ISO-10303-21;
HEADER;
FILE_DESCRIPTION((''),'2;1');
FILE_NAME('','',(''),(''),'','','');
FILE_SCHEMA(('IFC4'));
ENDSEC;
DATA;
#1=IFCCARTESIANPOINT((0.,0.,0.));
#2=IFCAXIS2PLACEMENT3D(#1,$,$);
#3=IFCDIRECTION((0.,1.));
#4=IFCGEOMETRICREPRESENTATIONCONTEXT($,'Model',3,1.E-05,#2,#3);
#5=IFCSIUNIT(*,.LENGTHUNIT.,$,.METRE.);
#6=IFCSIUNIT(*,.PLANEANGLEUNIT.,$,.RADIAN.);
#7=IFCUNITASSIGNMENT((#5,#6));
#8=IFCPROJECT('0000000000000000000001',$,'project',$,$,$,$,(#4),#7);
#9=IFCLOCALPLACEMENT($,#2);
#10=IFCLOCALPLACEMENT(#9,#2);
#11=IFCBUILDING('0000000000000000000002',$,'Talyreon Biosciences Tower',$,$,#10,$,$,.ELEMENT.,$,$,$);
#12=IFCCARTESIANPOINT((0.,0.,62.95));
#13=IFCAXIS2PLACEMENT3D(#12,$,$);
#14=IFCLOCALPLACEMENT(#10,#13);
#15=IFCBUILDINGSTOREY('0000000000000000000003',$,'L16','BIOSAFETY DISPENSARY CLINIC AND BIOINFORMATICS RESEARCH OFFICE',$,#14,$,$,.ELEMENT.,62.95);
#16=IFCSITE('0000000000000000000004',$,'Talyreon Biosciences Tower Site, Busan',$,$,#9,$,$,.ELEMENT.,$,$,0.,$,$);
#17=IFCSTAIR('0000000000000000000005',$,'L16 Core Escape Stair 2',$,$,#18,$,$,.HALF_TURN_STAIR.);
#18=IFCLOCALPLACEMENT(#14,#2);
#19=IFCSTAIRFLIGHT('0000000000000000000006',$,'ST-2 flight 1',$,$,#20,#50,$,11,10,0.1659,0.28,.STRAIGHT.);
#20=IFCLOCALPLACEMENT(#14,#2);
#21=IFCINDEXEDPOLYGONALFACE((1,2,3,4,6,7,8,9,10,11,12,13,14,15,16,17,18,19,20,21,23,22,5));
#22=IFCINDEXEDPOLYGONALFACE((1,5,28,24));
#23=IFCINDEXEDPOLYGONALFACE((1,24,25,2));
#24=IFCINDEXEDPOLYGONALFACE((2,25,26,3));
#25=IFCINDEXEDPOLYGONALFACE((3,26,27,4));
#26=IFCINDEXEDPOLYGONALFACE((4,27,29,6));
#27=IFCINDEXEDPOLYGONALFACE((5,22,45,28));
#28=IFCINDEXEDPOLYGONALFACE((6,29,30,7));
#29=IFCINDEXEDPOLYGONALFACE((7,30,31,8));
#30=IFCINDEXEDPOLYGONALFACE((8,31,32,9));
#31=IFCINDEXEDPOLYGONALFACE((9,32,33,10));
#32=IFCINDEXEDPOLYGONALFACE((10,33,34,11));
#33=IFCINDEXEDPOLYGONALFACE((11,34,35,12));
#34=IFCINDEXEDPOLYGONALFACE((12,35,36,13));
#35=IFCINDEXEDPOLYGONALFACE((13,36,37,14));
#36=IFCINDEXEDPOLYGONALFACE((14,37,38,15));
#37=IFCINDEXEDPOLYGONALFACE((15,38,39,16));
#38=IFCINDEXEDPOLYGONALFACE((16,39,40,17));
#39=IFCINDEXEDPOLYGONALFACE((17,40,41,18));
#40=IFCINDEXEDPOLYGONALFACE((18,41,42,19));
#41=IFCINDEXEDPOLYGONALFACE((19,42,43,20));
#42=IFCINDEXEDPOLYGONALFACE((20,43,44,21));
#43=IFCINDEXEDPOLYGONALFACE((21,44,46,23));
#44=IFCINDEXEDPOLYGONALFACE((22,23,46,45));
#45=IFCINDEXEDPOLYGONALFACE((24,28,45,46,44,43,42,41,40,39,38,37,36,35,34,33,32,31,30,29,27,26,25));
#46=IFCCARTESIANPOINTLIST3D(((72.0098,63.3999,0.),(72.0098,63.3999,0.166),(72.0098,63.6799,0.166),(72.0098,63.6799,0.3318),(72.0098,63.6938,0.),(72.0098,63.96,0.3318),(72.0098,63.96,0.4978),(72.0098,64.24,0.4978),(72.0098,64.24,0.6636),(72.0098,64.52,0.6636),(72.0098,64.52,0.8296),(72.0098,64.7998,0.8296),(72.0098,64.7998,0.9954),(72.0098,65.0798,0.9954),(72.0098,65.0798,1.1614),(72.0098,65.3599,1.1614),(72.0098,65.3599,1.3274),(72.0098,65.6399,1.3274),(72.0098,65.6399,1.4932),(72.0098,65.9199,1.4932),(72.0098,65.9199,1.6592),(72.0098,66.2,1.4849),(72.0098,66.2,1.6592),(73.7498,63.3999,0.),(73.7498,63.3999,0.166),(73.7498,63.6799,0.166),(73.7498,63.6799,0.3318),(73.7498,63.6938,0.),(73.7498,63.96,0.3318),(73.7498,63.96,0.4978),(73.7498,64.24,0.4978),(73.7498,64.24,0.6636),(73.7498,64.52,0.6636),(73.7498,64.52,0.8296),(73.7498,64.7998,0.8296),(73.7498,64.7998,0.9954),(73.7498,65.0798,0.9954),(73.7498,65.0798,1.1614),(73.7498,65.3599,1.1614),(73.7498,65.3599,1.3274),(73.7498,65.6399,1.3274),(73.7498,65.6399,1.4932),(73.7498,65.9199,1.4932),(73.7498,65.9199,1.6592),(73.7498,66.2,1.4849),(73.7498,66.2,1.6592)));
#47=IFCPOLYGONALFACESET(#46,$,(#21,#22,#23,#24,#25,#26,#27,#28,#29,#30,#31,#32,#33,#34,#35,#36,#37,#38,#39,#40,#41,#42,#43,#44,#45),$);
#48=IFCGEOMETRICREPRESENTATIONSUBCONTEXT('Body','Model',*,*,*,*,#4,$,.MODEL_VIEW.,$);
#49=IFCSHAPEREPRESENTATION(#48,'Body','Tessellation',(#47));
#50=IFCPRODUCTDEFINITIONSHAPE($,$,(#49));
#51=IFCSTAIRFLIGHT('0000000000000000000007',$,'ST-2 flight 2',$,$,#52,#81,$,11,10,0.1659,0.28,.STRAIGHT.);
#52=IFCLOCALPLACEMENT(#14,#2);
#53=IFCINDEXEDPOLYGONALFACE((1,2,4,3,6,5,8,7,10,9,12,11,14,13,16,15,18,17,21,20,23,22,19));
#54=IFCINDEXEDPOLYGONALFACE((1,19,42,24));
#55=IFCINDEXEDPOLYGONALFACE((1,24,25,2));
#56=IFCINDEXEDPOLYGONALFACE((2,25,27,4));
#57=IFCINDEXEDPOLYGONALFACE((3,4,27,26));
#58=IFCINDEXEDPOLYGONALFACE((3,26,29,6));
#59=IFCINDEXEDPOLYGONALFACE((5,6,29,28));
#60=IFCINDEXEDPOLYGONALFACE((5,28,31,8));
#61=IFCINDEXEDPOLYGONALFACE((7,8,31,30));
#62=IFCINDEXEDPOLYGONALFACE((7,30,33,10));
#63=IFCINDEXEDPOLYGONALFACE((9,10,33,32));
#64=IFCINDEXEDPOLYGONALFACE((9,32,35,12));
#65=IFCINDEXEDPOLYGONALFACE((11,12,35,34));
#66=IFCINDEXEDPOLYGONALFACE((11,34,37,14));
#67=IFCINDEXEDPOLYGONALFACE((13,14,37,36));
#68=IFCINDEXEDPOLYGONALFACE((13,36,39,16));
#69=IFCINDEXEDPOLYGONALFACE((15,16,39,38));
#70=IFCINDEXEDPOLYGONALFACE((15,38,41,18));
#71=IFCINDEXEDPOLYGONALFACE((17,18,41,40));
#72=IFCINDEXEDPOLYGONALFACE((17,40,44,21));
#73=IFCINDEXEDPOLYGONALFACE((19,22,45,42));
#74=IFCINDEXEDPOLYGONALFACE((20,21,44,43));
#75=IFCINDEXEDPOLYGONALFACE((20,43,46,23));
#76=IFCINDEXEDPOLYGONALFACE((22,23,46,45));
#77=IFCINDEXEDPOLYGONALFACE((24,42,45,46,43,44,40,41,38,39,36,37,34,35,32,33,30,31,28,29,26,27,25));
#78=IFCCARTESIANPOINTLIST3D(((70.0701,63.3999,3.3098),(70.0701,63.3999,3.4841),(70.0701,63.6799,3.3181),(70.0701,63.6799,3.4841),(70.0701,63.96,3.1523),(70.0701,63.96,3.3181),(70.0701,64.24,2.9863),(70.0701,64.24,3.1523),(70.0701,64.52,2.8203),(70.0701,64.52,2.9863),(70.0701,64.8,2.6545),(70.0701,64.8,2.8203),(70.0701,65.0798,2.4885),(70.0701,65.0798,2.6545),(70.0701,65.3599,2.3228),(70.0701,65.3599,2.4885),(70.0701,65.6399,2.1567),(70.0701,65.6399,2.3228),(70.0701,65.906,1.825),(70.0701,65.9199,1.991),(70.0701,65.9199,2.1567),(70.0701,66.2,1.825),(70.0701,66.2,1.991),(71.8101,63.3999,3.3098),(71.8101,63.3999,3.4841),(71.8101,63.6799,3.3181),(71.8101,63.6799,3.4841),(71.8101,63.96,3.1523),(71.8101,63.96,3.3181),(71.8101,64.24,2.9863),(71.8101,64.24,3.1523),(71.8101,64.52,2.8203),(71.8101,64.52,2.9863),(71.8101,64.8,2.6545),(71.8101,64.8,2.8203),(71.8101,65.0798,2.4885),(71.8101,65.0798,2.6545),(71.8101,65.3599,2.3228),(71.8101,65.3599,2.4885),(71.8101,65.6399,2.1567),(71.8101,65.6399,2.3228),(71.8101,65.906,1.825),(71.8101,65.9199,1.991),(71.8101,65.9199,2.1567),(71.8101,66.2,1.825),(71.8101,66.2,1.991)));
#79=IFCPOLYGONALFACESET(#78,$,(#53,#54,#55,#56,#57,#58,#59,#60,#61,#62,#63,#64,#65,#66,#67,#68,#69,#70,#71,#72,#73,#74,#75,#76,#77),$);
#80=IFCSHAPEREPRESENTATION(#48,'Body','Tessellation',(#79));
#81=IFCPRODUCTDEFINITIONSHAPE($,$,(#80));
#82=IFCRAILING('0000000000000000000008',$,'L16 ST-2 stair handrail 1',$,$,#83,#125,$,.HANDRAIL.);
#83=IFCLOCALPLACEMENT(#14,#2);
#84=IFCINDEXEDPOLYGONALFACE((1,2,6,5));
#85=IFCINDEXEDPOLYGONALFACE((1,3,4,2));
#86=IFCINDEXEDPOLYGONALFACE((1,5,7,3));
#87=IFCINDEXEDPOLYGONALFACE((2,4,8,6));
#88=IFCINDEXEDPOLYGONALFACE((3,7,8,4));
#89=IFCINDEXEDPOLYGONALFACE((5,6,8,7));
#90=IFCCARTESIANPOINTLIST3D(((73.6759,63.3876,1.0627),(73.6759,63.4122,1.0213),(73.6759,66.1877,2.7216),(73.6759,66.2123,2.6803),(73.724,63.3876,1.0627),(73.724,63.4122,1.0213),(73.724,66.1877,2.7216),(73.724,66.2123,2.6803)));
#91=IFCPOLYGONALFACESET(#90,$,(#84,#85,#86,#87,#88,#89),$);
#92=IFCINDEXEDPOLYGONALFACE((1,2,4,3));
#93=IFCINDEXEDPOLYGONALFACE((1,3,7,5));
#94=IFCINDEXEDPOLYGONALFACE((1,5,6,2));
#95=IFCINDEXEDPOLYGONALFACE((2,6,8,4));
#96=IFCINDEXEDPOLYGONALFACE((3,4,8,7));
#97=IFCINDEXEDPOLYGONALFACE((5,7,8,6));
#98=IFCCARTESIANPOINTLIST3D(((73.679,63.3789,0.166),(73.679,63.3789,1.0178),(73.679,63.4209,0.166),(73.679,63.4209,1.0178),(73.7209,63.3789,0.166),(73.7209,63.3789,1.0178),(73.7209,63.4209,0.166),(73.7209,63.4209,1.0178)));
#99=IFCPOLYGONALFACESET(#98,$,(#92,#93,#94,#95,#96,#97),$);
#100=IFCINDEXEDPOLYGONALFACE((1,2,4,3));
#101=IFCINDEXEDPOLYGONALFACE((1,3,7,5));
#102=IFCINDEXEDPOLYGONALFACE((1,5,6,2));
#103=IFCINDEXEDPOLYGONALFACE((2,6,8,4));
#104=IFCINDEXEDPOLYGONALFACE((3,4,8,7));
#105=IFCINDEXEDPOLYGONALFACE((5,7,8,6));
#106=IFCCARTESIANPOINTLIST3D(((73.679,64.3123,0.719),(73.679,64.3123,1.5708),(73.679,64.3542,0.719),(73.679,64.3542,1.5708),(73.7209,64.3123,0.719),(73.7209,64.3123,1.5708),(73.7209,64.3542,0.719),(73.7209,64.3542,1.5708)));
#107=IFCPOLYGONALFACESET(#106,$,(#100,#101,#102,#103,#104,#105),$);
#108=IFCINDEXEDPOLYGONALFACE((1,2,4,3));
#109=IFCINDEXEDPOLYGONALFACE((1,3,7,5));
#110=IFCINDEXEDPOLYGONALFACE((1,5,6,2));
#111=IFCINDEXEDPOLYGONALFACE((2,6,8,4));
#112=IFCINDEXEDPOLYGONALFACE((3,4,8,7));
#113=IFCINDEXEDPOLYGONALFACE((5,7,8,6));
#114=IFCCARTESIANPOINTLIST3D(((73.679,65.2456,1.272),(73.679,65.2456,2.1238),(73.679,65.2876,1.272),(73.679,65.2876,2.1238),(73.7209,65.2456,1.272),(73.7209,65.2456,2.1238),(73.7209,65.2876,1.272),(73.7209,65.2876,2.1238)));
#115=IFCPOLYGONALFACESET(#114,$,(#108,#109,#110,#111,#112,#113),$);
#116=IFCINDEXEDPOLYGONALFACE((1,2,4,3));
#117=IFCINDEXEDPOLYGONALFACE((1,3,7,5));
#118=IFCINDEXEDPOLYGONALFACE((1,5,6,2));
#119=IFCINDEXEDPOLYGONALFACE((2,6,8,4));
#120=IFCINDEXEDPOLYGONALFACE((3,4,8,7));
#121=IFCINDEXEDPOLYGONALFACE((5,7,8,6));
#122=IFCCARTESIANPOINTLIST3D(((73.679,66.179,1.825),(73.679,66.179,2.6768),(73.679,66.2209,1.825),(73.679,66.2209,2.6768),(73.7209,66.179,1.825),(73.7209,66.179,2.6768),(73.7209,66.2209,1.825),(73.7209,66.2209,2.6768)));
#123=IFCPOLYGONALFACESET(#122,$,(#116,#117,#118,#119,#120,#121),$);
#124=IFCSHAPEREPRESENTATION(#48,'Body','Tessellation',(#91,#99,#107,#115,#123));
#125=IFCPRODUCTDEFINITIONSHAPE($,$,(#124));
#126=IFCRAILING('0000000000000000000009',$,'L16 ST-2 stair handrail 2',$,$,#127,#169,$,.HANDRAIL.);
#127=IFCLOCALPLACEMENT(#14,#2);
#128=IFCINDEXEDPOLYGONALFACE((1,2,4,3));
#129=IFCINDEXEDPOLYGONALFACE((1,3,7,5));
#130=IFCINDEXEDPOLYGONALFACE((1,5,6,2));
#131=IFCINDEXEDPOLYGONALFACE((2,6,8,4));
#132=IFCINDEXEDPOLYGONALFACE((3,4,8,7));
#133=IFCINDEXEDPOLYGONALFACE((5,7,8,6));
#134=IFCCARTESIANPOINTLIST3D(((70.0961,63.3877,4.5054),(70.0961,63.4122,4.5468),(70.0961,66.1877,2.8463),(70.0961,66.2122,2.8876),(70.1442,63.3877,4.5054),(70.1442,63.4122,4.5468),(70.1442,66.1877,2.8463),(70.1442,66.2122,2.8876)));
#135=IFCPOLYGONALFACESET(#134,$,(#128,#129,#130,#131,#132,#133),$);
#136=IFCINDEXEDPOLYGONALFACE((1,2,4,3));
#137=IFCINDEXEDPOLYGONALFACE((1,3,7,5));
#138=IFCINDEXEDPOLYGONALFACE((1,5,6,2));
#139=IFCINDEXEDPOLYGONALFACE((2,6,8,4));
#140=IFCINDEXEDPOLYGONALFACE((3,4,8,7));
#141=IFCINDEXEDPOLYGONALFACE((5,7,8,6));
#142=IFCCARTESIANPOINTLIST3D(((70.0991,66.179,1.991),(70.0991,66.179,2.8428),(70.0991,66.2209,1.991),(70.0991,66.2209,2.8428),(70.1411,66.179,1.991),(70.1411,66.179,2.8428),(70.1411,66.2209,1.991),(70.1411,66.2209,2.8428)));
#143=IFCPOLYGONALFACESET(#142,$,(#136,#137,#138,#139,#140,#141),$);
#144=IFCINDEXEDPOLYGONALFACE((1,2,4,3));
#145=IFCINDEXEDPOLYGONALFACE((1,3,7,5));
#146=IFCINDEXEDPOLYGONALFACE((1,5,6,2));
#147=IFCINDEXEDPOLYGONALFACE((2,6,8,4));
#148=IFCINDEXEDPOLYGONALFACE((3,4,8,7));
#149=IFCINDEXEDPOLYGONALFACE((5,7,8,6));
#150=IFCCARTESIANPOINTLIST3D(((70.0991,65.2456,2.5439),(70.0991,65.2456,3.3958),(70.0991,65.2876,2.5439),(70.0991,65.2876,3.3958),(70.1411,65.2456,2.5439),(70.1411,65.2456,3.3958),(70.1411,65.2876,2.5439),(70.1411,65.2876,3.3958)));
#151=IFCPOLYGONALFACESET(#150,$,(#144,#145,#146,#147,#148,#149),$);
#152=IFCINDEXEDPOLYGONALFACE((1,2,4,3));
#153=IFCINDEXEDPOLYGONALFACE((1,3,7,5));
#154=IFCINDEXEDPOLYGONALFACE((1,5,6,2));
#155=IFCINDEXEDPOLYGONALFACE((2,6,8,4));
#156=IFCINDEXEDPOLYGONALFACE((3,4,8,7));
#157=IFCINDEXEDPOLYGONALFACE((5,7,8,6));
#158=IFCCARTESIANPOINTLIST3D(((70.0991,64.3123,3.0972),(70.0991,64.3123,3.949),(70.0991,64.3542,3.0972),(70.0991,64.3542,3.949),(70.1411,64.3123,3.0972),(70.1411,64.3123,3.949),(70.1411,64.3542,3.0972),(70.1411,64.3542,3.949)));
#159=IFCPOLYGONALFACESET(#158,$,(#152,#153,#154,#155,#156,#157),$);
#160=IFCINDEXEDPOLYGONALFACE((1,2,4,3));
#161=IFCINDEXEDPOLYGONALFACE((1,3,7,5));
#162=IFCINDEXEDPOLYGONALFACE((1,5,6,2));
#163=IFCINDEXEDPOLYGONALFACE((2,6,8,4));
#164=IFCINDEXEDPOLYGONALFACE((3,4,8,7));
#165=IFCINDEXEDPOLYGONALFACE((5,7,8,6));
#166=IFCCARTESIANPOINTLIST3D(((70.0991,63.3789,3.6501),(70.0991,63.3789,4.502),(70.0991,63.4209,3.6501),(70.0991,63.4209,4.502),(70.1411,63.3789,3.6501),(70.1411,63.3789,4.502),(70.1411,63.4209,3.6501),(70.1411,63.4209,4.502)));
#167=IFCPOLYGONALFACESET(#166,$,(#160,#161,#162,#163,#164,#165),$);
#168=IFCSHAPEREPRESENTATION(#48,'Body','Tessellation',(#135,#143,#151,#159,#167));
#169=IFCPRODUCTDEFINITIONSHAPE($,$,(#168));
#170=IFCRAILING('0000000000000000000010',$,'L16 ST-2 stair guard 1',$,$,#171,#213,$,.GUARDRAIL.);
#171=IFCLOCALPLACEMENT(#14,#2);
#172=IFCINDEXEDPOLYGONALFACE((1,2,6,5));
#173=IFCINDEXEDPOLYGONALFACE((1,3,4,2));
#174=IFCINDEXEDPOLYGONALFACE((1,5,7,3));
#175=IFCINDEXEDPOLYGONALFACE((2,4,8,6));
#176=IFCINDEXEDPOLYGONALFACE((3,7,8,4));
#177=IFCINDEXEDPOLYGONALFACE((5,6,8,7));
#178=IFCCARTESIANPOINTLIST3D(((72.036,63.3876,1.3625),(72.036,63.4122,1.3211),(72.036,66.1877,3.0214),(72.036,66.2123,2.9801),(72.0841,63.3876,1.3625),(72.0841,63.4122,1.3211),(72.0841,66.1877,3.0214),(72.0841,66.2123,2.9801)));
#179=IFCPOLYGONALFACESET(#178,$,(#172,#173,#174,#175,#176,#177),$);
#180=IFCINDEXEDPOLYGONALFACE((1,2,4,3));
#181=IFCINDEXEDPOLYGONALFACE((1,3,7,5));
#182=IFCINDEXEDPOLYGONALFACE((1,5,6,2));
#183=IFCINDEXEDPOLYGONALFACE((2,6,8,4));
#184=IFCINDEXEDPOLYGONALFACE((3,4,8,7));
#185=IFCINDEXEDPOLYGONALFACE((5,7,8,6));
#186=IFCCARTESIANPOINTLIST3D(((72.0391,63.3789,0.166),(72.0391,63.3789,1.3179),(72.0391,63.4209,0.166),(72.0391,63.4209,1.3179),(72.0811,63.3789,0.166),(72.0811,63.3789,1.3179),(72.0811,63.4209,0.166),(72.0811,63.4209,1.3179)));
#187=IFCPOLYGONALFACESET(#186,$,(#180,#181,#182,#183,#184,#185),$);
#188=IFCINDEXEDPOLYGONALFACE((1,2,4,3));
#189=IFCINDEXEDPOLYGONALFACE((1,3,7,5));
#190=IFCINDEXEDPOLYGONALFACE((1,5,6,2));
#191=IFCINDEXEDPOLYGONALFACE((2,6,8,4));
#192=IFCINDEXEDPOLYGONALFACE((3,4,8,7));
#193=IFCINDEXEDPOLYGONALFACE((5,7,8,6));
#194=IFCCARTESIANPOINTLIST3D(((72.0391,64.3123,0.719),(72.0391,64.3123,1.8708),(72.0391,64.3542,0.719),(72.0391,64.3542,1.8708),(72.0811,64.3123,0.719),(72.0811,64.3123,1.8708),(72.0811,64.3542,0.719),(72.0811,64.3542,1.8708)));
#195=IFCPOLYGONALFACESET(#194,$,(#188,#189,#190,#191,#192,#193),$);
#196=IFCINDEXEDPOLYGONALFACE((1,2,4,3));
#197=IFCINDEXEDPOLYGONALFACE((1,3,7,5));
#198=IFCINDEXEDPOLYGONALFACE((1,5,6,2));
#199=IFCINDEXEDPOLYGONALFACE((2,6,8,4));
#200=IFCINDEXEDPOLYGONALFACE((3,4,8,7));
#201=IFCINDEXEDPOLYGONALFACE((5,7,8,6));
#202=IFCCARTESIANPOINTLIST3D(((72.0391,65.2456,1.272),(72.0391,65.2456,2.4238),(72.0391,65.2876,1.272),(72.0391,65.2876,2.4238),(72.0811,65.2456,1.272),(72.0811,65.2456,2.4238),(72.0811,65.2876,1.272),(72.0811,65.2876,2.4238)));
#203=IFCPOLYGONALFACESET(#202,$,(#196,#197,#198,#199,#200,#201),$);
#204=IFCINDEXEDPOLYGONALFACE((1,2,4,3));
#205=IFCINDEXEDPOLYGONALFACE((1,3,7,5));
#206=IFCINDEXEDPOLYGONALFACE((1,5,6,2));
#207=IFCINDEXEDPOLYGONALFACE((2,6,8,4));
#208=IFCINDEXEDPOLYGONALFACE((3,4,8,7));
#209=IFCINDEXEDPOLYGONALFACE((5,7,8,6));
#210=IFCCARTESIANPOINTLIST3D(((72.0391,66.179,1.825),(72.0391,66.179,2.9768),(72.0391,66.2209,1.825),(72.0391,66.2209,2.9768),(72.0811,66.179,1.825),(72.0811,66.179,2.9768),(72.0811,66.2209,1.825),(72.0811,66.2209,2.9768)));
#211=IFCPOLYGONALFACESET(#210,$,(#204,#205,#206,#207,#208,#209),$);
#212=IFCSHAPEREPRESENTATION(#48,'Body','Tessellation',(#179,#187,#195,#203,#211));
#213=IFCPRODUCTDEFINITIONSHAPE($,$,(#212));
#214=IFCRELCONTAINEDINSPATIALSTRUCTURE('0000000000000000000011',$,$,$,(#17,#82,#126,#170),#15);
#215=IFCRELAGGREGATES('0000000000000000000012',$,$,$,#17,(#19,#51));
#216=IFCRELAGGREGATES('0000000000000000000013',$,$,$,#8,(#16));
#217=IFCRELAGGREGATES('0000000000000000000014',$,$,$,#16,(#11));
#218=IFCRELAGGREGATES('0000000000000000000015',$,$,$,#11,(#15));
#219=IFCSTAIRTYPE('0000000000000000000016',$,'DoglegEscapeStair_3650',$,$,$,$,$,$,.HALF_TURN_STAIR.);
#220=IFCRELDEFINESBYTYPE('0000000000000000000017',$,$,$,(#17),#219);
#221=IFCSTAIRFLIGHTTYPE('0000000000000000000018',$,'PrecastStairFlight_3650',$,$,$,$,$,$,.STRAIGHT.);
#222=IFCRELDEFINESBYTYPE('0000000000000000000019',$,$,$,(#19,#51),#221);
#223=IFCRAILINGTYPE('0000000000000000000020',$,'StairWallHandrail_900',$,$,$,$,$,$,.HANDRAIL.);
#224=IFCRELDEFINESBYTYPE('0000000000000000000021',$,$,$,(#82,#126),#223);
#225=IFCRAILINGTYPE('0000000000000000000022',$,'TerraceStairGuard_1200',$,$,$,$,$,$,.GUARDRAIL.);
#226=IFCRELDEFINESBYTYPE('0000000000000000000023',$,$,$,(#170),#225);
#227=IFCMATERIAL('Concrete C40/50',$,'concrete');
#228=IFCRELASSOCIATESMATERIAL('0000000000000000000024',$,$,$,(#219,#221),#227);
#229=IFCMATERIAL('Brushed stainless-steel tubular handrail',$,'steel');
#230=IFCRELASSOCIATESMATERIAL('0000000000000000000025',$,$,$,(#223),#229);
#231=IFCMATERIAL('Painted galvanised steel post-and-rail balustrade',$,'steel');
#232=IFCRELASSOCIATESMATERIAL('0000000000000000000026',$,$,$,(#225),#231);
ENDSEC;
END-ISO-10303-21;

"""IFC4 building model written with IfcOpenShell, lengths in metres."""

from ifc_helpers import new_model, si_unit, direction, frame, origin, origin_2d, place, context, subcontext, project, spatial, polyline, rectangle, outline, extrude, material, type_object, element, aggregate, save


model = new_model("IFC4")

# Units and contexts
model_context = context("Model", 3, precision=1e-05, world=origin(), true_north=direction((0.0, 1.0)))
body_context = subcontext(model_context, "Body", "Model", "MODEL_VIEW")
ifc_project = project(units=[si_unit("LENGTHUNIT", "METRE"), si_unit("PLANEANGLEUNIT", "RADIAN")], contexts=[model_context])

# Site, building, storey
site_placement = place(None, origin())
site = spatial("IfcSite", under=ifc_project, at=site_placement, Name="Talyreon Biosciences Tower Site, Busan", CompositionType="ELEMENT", RefElevation=0.0)
building_placement = place(site_placement, origin())
building = spatial("IfcBuilding", under=site, at=building_placement, Name="Talyreon Biosciences Tower", CompositionType="ELEMENT")
storey_placement = place(building_placement, frame((0.0, 0.0, 62.95)))
storey = spatial("IfcBuildingStorey", under=building, at=storey_placement, Name="L16", Description="BIOSAFETY DISPENSARY CLINIC AND BIOINFORMATICS RESEARCH OFFICE", CompositionType="ELEMENT", Elevation=62.95)

# Stair, stair flights
ifc_material_1 = material(Name="Concrete C40/50", Category="concrete")
stair_type = type_object("IfcStairType", Name="DoglegEscapeStair_3650", PredefinedType="HALF_TURN_STAIR", material=ifc_material_1)
stair_placement = place(storey_placement, origin())
stair = element("IfcStair", 1, at=stair_placement, inside=storey, type_object=stair_type, Name="L16 Core Escape Stair 2", PredefinedType="HALF_TURN_STAIR")
stair_flight_type = type_object("IfcStairFlightType", Name="PrecastStairFlight_3650", PredefinedType="STRAIGHT", material=ifc_material_1)
stair_flight_1_placement = place(storey_placement, frame((72.8799, 63.3999, 0.0), z_axis=(0.0, 0.0, 1.0), x_axis=(0.0, 1.0, 0.0)))
stair_flight_1 = element("IfcStairFlight", 2, at=stair_flight_1_placement, type_object=stair_flight_type, Name="ST-2 flight 1", NumberOfRisers=11, NumberOfTreads=10, PredefinedType="STRAIGHT", RiserHeight=0.1659, TreadLength=0.28, context=body_context, shape_type="SweptSolid", body=[
    extrude(outline(polyline([(0.0, 0.0), (0.0, 0.166), (0.28, 0.166), (0.28, 0.3318), (0.5601, 0.3318), (0.5601, 0.4978), (0.8401, 0.4978), (0.8401, 0.6636), (1.1201, 0.6636), (1.1201, 0.8296), (1.3999, 0.8296), (1.3999, 0.9954), (1.6799, 0.9954), (1.6799, 1.1614), (1.96, 1.1614), (1.96, 1.3274), (2.24, 1.3274), (2.24, 1.4932), (2.52, 1.4932), (2.52, 1.6592), (2.8, 1.6592), (2.8, 1.825), (2.8, 1.4849), (0.2939, 0.0), (0.0, 0.0)])), frame((0.0, 0.8701, 0.0), z_axis=(0.0, -1.0, 0.0), x_axis=(1.0, 0.0, 0.0)), (0.0, 0.0, 1.0), 1.74),
])
stair_flight_2_placement = place(storey_placement, frame((70.9399, 66.2, 1.825), z_axis=(0.0, 0.0, 1.0), x_axis=(0.0, -1.0, 0.0)))
stair_flight_2 = element("IfcStairFlight", 3, at=stair_flight_2_placement, type_object=stair_flight_type, Name="ST-2 flight 2", NumberOfRisers=11, NumberOfTreads=10, PredefinedType="STRAIGHT", RiserHeight=0.1659, TreadLength=0.28, context=body_context, shape_type="SweptSolid", body=[
    extrude(outline(polyline([(0.0, 0.0), (0.0, 0.166), (0.28, 0.166), (0.28, 0.3318), (0.5601, 0.3318), (0.5601, 0.4978), (0.8401, 0.4978), (0.8401, 0.6636), (1.1201, 0.6636), (1.1201, 0.8296), (1.3999, 0.8296), (1.3999, 0.9954), (1.6799, 0.9954), (1.6799, 1.1614), (1.96, 1.1614), (1.96, 1.3274), (2.24, 1.3274), (2.24, 1.4932), (2.52, 1.4932), (2.52, 1.6592), (2.8, 1.6592), (2.8, 1.825), (2.8, 1.4849), (0.2939, 0.0), (0.0, 0.0)])), frame((0.0, 0.8701, 0.0), z_axis=(0.0, -1.0, 0.0), x_axis=(1.0, 0.0, 0.0)), (0.0, 0.0, 1.0), 1.74),
])
aggregate(stair, [stair_flight_1, stair_flight_2])

# Railings
ifc_material_2 = material(Name="Brushed stainless-steel tubular handrail", Category="steel")
railing_type_1 = type_object("IfcRailingType", Name="StairWallHandrail_900", PredefinedType="HANDRAIL", material=ifc_material_2)
railing_1_placement = place(storey_placement, frame((73.7, 63.3999, 0.166)))
element("IfcRailing", 4, at=railing_1_placement, inside=storey, type_object=railing_type_1, Name="L16 ST-2 stair handrail 1", PredefinedType="HANDRAIL", context=body_context, shape_type="SweptSolid", body=[
    extrude(rectangle(XDim=0.0481, YDim=0.0481, at=origin_2d()), frame((0.0, 0.0, 0.876), z_axis=(0.0, 0.860339, 0.509722), x_axis=(-1.0, 0.0, 0.0)), (0.0, 0.0, 1.0), 3.2546),
    extrude(rectangle(XDim=0.042, YDim=0.042, at=origin_2d()), origin(), (0.0, 0.0, 1.0), 0.8518),
    extrude(rectangle(XDim=0.042, YDim=0.042, at=origin_2d()), frame((0.0, 0.9333, 0.553)), (0.0, 0.0, 1.0), 0.8518),
    extrude(rectangle(XDim=0.042, YDim=0.042, at=origin_2d()), frame((0.0, 1.8667, 1.106)), (0.0, 0.0, 1.0), 0.8518),
    extrude(rectangle(XDim=0.042, YDim=0.042, at=origin_2d()), frame((0.0, 2.8, 1.6589)), (0.0, 0.0, 1.0), 0.8518),
])
railing_2_placement = place(storey_placement, frame((70.1201, 66.2, 1.991)))
element("IfcRailing", 5, at=railing_2_placement, inside=storey, type_object=railing_type_1, Name="L16 ST-2 stair handrail 2", PredefinedType="HANDRAIL", context=body_context, shape_type="SweptSolid", body=[
    extrude(rectangle(XDim=0.0481, YDim=0.0481, at=origin_2d()), frame((0.0, 0.0, 0.876), z_axis=(0.0, -0.860306, 0.509778), x_axis=(1.0, 0.0, 0.0)), (0.0, 0.0, 1.0), 3.2546),
    extrude(rectangle(XDim=0.042, YDim=0.042, at=origin_2d()), origin(), (0.0, 0.0, 1.0), 0.8518),
    extrude(rectangle(XDim=0.042, YDim=0.042, at=origin_2d()), frame((0.0, -0.9333, 0.553)), (0.0, 0.0, 1.0), 0.8518),
    extrude(rectangle(XDim=0.042, YDim=0.042, at=origin_2d()), frame((0.0, -1.8667, 1.1062)), (0.0, 0.0, 1.0), 0.8518),
    extrude(rectangle(XDim=0.042, YDim=0.042, at=origin_2d()), frame((0.0, -2.8, 1.6592)), (0.0, 0.0, 1.0), 0.8518),
])
ifc_material_3 = material(Name="Painted galvanised steel post-and-rail balustrade", Category="steel")
railing_type_2 = type_object("IfcRailingType", Name="TerraceStairGuard_1200", PredefinedType="GUARDRAIL", material=ifc_material_3)
railing_3_placement = place(storey_placement, frame((72.0601, 63.3999, 0.166)))
element("IfcRailing", 6, at=railing_3_placement, inside=storey, type_object=railing_type_2, Name="L16 ST-2 stair guard 1", PredefinedType="GUARDRAIL", context=body_context, shape_type="SweptSolid", body=[
    extrude(rectangle(XDim=0.0481, YDim=0.0481, at=origin_2d()), frame((0.0, 0.0, 1.1758), z_axis=(0.0, 0.860339, 0.509722), x_axis=(-1.0, 0.0, 0.0)), (0.0, 0.0, 1.0), 3.2546),
    extrude(rectangle(XDim=0.042, YDim=0.042, at=origin_2d()), origin(), (0.0, 0.0, 1.0), 1.1519),
    extrude(rectangle(XDim=0.042, YDim=0.042, at=origin_2d()), frame((0.0, 0.9333, 0.553)), (0.0, 0.0, 1.0), 1.1519),
    extrude(rectangle(XDim=0.042, YDim=0.042, at=origin_2d()), frame((0.0, 1.8667, 1.106)), (0.0, 0.0, 1.0), 1.1519),
    extrude(rectangle(XDim=0.042, YDim=0.042, at=origin_2d()), frame((0.0, 2.8, 1.6589)), (0.0, 0.0, 1.0), 1.1519),
])

save(model, "model.ifc")
